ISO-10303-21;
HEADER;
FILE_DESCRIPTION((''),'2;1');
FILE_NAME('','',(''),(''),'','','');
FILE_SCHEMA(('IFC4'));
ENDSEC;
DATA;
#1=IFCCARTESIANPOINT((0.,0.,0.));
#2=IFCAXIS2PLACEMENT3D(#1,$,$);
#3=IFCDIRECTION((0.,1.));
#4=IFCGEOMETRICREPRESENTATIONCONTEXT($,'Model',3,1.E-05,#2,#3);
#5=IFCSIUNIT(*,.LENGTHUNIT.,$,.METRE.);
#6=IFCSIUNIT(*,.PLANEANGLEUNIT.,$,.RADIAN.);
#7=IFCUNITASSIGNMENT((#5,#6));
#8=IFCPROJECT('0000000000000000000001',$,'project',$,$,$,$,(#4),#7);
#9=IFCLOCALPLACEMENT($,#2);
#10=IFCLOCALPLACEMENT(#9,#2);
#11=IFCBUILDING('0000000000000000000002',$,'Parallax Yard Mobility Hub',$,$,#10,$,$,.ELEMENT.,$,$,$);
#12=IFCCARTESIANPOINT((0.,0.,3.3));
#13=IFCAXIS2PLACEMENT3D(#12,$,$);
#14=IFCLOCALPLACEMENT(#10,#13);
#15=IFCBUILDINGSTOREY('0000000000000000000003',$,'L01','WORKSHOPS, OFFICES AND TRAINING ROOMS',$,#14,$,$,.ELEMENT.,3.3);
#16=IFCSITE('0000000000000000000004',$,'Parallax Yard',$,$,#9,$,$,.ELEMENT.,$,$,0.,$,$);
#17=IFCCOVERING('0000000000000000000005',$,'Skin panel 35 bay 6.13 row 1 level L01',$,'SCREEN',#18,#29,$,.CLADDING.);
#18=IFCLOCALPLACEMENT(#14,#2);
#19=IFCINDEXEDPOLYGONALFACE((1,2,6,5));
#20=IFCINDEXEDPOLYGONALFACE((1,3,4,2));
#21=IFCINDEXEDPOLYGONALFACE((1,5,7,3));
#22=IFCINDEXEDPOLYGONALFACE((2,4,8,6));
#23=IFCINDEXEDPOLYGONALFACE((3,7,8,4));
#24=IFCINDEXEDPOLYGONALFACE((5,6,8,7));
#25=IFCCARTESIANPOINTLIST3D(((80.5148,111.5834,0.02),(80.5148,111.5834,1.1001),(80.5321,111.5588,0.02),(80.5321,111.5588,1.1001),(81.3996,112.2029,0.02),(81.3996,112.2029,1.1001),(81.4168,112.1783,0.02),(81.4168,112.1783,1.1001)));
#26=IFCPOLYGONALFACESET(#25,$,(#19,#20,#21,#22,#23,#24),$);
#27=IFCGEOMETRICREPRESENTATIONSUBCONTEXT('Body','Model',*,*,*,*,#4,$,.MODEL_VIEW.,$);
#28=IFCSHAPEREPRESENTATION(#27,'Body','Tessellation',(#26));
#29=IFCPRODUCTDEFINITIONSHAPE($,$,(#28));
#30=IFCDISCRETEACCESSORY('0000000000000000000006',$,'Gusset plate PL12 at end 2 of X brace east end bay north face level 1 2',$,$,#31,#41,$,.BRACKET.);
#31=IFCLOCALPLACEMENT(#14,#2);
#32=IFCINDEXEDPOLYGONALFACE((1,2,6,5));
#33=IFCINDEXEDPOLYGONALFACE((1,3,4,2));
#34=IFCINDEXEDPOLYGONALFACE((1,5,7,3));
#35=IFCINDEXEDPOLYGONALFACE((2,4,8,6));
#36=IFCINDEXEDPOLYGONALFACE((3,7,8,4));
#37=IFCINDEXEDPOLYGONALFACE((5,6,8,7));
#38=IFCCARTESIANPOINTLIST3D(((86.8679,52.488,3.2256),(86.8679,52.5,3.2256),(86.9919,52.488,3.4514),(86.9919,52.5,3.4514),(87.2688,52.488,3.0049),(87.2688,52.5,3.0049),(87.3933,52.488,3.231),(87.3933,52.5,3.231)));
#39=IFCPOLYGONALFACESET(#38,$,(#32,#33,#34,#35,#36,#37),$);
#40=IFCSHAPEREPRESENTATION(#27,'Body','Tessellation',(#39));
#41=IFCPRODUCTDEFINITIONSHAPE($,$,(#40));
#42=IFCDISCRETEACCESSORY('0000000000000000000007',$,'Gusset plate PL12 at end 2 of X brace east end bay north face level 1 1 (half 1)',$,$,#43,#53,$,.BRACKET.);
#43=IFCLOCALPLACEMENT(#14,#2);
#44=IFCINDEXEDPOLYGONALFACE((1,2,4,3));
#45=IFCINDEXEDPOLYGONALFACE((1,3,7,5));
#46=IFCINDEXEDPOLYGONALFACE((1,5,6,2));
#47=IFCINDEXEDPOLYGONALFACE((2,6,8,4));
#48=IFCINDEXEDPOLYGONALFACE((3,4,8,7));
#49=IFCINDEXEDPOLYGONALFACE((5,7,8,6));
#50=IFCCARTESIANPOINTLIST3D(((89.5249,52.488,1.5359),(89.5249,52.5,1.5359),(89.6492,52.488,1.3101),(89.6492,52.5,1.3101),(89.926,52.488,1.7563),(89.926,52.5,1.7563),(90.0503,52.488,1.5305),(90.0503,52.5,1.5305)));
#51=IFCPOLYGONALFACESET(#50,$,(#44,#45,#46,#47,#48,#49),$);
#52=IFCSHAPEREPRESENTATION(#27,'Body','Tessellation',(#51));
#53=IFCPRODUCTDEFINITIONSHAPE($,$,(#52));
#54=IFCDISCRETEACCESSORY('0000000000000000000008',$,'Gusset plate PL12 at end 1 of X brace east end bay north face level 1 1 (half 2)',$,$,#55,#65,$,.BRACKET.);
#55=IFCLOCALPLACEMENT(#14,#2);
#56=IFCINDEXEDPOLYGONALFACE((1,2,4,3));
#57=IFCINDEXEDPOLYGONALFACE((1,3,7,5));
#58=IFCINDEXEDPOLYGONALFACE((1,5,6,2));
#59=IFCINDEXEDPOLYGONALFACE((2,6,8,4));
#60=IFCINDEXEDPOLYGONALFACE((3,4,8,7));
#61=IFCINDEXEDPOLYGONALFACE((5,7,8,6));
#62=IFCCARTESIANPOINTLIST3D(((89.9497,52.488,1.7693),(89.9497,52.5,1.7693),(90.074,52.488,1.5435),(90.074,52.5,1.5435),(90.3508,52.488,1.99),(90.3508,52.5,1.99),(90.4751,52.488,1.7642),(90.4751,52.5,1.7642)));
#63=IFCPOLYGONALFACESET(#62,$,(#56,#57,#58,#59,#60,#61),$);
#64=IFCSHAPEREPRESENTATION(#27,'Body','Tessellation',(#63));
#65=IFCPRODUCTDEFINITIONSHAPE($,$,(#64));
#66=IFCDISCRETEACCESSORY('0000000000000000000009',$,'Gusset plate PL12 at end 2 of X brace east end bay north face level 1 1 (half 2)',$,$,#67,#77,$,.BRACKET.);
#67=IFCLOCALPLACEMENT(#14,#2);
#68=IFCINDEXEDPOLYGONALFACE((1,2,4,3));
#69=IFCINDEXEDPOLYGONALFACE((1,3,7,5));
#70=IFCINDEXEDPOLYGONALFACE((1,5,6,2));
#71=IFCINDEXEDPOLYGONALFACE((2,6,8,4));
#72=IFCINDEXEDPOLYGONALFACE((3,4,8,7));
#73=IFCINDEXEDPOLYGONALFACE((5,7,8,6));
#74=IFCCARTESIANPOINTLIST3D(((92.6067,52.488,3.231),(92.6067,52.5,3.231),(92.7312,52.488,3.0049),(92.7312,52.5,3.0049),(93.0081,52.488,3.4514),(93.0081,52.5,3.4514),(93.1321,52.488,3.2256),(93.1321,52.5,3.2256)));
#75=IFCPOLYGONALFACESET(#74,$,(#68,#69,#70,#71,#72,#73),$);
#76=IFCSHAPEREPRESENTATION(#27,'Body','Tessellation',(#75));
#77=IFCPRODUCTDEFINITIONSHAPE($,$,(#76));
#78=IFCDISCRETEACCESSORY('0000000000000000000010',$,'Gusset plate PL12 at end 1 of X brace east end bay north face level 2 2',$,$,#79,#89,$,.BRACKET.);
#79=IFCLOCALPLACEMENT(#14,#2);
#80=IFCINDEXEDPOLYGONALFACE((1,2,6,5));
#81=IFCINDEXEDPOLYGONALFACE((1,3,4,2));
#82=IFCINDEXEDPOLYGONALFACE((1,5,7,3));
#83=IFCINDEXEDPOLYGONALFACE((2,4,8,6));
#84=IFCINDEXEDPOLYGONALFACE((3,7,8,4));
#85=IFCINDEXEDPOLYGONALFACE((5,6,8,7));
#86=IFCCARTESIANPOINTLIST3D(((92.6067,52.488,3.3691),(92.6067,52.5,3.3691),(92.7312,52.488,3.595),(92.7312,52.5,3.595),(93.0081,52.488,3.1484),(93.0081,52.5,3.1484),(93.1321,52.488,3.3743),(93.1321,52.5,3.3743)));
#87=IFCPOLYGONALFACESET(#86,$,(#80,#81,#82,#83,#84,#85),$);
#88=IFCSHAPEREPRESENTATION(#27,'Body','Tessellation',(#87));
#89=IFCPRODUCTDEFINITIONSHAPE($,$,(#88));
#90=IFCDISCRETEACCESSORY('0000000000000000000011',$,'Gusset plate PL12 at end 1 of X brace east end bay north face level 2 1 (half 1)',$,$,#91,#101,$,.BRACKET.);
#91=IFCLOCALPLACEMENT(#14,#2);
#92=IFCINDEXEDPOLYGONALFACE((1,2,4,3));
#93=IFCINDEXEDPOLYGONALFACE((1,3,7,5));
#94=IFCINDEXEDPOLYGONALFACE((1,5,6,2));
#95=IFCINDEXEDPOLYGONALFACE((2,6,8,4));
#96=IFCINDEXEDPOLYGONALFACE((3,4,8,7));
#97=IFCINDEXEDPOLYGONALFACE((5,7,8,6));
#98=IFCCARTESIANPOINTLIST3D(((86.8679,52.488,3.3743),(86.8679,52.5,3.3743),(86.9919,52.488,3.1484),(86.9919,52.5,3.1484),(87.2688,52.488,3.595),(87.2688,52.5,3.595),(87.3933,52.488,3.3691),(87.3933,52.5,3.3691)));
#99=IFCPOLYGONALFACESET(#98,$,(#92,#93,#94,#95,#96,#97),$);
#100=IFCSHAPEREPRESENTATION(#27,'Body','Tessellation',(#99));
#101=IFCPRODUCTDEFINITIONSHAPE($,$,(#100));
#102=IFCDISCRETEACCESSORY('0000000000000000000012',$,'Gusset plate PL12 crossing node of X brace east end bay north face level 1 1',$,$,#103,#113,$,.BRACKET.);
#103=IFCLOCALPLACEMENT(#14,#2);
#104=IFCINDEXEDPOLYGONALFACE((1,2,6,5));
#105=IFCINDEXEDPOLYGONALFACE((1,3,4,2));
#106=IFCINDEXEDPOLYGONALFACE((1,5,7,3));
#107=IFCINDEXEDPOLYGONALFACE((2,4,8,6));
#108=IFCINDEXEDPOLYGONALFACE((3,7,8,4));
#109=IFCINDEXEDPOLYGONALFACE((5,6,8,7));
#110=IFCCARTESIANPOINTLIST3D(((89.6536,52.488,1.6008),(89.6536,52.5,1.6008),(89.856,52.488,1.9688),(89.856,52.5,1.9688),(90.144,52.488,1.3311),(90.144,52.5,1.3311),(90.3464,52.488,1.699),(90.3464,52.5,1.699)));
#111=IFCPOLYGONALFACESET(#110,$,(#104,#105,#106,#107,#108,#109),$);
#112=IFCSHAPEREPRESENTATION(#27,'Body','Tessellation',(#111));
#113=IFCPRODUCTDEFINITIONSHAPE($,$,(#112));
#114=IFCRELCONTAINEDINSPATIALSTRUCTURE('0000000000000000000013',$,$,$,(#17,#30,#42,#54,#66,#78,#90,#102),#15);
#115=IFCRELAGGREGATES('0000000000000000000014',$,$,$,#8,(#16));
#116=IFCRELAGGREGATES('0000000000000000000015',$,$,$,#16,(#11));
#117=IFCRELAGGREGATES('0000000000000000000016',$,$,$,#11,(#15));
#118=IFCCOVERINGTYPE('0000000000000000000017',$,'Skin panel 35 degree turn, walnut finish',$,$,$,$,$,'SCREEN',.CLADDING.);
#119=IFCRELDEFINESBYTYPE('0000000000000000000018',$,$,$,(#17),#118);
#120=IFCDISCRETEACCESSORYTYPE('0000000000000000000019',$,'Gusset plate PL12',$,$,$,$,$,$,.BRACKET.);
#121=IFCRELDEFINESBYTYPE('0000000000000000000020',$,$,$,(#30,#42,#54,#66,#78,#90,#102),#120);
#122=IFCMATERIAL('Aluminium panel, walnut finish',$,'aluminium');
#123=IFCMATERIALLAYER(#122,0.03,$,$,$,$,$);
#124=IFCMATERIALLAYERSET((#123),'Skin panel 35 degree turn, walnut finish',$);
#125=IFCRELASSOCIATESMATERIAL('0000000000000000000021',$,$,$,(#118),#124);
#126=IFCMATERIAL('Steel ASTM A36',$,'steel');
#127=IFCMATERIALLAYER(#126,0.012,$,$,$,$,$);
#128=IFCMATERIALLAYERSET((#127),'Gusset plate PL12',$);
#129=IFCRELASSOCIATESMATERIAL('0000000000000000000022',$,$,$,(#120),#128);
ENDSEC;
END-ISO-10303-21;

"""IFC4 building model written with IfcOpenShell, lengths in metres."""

from ifc_helpers import new_model, si_unit, direction, frame, origin, origin_2d, place, context, subcontext, project, spatial, polyline, rectangle, outline, extrude, material, layer, layer_set, type_object, element, save


model = new_model("IFC4")

# Units and contexts
model_context = context("Model", 3, precision=1e-05, world=origin(), true_north=direction((0.0, 1.0)))
body_context = subcontext(model_context, "Body", "Model", "MODEL_VIEW")
ifc_project = project(units=[si_unit("LENGTHUNIT", "METRE"), si_unit("PLANEANGLEUNIT", "RADIAN")], contexts=[model_context])

# Site, building, storey
site_placement = place(None, origin())
site = spatial("IfcSite", under=ifc_project, at=site_placement, Name="Parallax Yard", CompositionType="ELEMENT", RefElevation=0.0)
building_placement = place(site_placement, origin())
building = spatial("IfcBuilding", under=site, at=building_placement, Name="Parallax Yard Mobility Hub", CompositionType="ELEMENT")
storey_placement = place(building_placement, frame((0.0, 0.0, 3.3)))
storey = spatial("IfcBuildingStorey", under=building, at=storey_placement, Name="L01", Description="WORKSHOPS, OFFICES AND TRAINING ROOMS", CompositionType="ELEMENT", Elevation=3.3)

# Covering
ifc_material_1 = material(Name="Aluminium panel, walnut finish", Category="aluminium")
ifc_layer_1 = layer(ifc_material_1, 0.03)
ifc_layer_set_1 = layer_set([ifc_layer_1], Name="Skin panel 35 degree turn, walnut finish")
covering_type_1 = type_object("IfcCoveringType", Name="Skin panel 35 degree turn, walnut finish", ElementType="SCREEN", PredefinedType="CLADDING", material=ifc_layer_set_1)
covering_1_placement = place(storey_placement, frame((80.9658, 111.8809, 0.02), z_axis=(0.0, 0.0, 1.0), x_axis=(-0.819152, -0.573576, 0.0)))
element("IfcCovering", 1, at=covering_1_placement, inside=storey, type_object=covering_type_1, Name="Skin panel 35 bay 6.13 row 1 level L01", ObjectType="SCREEN", PredefinedType="CLADDING", context=body_context, shape_type="SweptSolid", body=[
    extrude(rectangle(XDim=1.0801, YDim=0.03, at=origin_2d()), origin(), (0.0, 0.0, 1.0), 1.0801),
])

# Discrete accessories
ifc_material_2 = material(Name="Steel ASTM A36", Category="steel")
ifc_layer_2 = layer(ifc_material_2, 0.012)
ifc_layer_set_2 = layer_set([ifc_layer_2], Name="Gusset plate PL12")
discrete_accessory_type = type_object("IfcDiscreteAccessoryType", Name="Gusset plate PL12", PredefinedType="BRACKET", material=ifc_layer_set_2)
discrete_accessory_1_placement = place(storey_placement, frame((87.2688, 52.5, 3.0049), z_axis=(0.0, 1.0, 0.0), x_axis=(-0.876013, 0.0, 0.482287)))
element("IfcDiscreteAccessory", 2, at=discrete_accessory_1_placement, inside=storey, type_object=discrete_accessory_type, Name="Gusset plate PL12 at end 2 of X brace east end bay north face level 1 2", PredefinedType="BRACKET", context=body_context, shape_type="SweptSolid", body=[
    extrude(outline(polyline([(0.0, 0.0), (0.4576, 0.0), (0.4579, 0.2576), (0.0, 0.2581), (0.0, 0.0)])), origin(), (0.0, 0.0, -1.0), 0.012),
])
discrete_accessory_2_placement = place(storey_placement, frame((89.5249, 52.5, 1.5359), z_axis=(0.0, 1.0, 0.0), x_axis=(0.876362, 0.0, 0.481653)))
element("IfcDiscreteAccessory", 3, at=discrete_accessory_2_placement, inside=storey, type_object=discrete_accessory_type, Name="Gusset plate PL12 at end 2 of X brace east end bay north face level 1 1 (half 1)", PredefinedType="BRACKET", context=body_context, shape_type="SweptSolid", body=[
    extrude(outline(polyline([(0.0, 0.0), (0.4577, 0.0), (0.4578, 0.2578), (0.0001, 0.2578), (0.0, 0.0)])), origin(), (0.0, 0.0, -1.0), 0.012),
])
discrete_accessory_3_placement = place(storey_placement, frame((90.4751, 52.5, 1.7642), z_axis=(0.0, 1.0, 0.0), x_axis=(-0.876137, 0.0, -0.482062)))
element("IfcDiscreteAccessory", 4, at=discrete_accessory_3_placement, inside=storey, type_object=discrete_accessory_type, Name="Gusset plate PL12 at end 1 of X brace east end bay north face level 1 1 (half 2)", PredefinedType="BRACKET", context=body_context, shape_type="SweptSolid", body=[
    extrude(outline(polyline([(0.0, 0.0), (0.4578, 0.0), (0.4578, 0.2578), (0.0, 0.2578), (0.0, 0.0)])), origin(), (0.0, 0.0, -1.0), 0.012),
])
discrete_accessory_4_placement = place(storey_placement, frame((92.6067, 52.5, 3.231), z_axis=(0.0, 1.0, 0.0), x_axis=(0.876486, 0.0, 0.481427)))
element("IfcDiscreteAccessory", 5, at=discrete_accessory_4_placement, inside=storey, type_object=discrete_accessory_type, Name="Gusset plate PL12 at end 2 of X brace east end bay north face level 1 1 (half 2)", PredefinedType="BRACKET", context=body_context, shape_type="SweptSolid", body=[
    extrude(outline(polyline([(0.0, 0.0), (0.4579, 0.0), (0.4579, 0.2576), (0.0003, 0.2581), (0.0, 0.0)])), origin(), (0.0, 0.0, -1.0), 0.012),
])
discrete_accessory_5_placement = place(storey_placement, frame((92.7312, 52.5, 3.595), z_axis=(0.0, 1.0, 0.0), x_axis=(0.876013, 0.0, -0.482287)))
element("IfcDiscreteAccessory", 6, at=discrete_accessory_5_placement, inside=storey, type_object=discrete_accessory_type, Name="Gusset plate PL12 at end 1 of X brace east end bay north face level 2 2", PredefinedType="BRACKET", context=body_context, shape_type="SweptSolid", body=[
    extrude(outline(polyline([(0.0, 0.0), (0.4576, 0.0), (0.4579, 0.2576), (-0.0002, 0.2579), (0.0, 0.0)])), origin(), (0.0, 0.0, -1.0), 0.012),
])
discrete_accessory_6_placement = place(storey_placement, frame((87.3933, 52.5, 3.3691), z_axis=(0.0, 1.0, 0.0), x_axis=(-0.876261, 0.0, -0.481837)))
element("IfcDiscreteAccessory", 7, at=discrete_accessory_6_placement, inside=storey, type_object=discrete_accessory_type, Name="Gusset plate PL12 at end 1 of X brace east end bay north face level 2 1 (half 1)", PredefinedType="BRACKET", context=body_context, shape_type="SweptSolid", body=[
    extrude(outline(polyline([(0.0, 0.0), (0.458, 0.0), (0.4579, 0.2576), (0.0003, 0.2579), (0.0, 0.0)])), origin(), (0.0, 0.0, -1.0), 0.012),
])
discrete_accessory_7_placement = place(storey_placement, frame((90.144, 52.5, 1.3311), z_axis=(0.0, 1.0, 0.0), x_axis=(-0.876207, 0.0, 0.481935)))
element("IfcDiscreteAccessory", 8, at=discrete_accessory_7_placement, inside=storey, type_object=discrete_accessory_type, Name="Gusset plate PL12 crossing node of X brace east end bay north face level 1 1", PredefinedType="BRACKET", context=body_context, shape_type="SweptSolid", body=[
    extrude(outline(polyline([(0.0, 0.0), (0.5598, 0.0), (0.5598, 0.4199), (0.0, 0.4199), (0.0, 0.0)])), origin(), (0.0, 0.0, -1.0), 0.012),
])

save(model, "model.ifc")
